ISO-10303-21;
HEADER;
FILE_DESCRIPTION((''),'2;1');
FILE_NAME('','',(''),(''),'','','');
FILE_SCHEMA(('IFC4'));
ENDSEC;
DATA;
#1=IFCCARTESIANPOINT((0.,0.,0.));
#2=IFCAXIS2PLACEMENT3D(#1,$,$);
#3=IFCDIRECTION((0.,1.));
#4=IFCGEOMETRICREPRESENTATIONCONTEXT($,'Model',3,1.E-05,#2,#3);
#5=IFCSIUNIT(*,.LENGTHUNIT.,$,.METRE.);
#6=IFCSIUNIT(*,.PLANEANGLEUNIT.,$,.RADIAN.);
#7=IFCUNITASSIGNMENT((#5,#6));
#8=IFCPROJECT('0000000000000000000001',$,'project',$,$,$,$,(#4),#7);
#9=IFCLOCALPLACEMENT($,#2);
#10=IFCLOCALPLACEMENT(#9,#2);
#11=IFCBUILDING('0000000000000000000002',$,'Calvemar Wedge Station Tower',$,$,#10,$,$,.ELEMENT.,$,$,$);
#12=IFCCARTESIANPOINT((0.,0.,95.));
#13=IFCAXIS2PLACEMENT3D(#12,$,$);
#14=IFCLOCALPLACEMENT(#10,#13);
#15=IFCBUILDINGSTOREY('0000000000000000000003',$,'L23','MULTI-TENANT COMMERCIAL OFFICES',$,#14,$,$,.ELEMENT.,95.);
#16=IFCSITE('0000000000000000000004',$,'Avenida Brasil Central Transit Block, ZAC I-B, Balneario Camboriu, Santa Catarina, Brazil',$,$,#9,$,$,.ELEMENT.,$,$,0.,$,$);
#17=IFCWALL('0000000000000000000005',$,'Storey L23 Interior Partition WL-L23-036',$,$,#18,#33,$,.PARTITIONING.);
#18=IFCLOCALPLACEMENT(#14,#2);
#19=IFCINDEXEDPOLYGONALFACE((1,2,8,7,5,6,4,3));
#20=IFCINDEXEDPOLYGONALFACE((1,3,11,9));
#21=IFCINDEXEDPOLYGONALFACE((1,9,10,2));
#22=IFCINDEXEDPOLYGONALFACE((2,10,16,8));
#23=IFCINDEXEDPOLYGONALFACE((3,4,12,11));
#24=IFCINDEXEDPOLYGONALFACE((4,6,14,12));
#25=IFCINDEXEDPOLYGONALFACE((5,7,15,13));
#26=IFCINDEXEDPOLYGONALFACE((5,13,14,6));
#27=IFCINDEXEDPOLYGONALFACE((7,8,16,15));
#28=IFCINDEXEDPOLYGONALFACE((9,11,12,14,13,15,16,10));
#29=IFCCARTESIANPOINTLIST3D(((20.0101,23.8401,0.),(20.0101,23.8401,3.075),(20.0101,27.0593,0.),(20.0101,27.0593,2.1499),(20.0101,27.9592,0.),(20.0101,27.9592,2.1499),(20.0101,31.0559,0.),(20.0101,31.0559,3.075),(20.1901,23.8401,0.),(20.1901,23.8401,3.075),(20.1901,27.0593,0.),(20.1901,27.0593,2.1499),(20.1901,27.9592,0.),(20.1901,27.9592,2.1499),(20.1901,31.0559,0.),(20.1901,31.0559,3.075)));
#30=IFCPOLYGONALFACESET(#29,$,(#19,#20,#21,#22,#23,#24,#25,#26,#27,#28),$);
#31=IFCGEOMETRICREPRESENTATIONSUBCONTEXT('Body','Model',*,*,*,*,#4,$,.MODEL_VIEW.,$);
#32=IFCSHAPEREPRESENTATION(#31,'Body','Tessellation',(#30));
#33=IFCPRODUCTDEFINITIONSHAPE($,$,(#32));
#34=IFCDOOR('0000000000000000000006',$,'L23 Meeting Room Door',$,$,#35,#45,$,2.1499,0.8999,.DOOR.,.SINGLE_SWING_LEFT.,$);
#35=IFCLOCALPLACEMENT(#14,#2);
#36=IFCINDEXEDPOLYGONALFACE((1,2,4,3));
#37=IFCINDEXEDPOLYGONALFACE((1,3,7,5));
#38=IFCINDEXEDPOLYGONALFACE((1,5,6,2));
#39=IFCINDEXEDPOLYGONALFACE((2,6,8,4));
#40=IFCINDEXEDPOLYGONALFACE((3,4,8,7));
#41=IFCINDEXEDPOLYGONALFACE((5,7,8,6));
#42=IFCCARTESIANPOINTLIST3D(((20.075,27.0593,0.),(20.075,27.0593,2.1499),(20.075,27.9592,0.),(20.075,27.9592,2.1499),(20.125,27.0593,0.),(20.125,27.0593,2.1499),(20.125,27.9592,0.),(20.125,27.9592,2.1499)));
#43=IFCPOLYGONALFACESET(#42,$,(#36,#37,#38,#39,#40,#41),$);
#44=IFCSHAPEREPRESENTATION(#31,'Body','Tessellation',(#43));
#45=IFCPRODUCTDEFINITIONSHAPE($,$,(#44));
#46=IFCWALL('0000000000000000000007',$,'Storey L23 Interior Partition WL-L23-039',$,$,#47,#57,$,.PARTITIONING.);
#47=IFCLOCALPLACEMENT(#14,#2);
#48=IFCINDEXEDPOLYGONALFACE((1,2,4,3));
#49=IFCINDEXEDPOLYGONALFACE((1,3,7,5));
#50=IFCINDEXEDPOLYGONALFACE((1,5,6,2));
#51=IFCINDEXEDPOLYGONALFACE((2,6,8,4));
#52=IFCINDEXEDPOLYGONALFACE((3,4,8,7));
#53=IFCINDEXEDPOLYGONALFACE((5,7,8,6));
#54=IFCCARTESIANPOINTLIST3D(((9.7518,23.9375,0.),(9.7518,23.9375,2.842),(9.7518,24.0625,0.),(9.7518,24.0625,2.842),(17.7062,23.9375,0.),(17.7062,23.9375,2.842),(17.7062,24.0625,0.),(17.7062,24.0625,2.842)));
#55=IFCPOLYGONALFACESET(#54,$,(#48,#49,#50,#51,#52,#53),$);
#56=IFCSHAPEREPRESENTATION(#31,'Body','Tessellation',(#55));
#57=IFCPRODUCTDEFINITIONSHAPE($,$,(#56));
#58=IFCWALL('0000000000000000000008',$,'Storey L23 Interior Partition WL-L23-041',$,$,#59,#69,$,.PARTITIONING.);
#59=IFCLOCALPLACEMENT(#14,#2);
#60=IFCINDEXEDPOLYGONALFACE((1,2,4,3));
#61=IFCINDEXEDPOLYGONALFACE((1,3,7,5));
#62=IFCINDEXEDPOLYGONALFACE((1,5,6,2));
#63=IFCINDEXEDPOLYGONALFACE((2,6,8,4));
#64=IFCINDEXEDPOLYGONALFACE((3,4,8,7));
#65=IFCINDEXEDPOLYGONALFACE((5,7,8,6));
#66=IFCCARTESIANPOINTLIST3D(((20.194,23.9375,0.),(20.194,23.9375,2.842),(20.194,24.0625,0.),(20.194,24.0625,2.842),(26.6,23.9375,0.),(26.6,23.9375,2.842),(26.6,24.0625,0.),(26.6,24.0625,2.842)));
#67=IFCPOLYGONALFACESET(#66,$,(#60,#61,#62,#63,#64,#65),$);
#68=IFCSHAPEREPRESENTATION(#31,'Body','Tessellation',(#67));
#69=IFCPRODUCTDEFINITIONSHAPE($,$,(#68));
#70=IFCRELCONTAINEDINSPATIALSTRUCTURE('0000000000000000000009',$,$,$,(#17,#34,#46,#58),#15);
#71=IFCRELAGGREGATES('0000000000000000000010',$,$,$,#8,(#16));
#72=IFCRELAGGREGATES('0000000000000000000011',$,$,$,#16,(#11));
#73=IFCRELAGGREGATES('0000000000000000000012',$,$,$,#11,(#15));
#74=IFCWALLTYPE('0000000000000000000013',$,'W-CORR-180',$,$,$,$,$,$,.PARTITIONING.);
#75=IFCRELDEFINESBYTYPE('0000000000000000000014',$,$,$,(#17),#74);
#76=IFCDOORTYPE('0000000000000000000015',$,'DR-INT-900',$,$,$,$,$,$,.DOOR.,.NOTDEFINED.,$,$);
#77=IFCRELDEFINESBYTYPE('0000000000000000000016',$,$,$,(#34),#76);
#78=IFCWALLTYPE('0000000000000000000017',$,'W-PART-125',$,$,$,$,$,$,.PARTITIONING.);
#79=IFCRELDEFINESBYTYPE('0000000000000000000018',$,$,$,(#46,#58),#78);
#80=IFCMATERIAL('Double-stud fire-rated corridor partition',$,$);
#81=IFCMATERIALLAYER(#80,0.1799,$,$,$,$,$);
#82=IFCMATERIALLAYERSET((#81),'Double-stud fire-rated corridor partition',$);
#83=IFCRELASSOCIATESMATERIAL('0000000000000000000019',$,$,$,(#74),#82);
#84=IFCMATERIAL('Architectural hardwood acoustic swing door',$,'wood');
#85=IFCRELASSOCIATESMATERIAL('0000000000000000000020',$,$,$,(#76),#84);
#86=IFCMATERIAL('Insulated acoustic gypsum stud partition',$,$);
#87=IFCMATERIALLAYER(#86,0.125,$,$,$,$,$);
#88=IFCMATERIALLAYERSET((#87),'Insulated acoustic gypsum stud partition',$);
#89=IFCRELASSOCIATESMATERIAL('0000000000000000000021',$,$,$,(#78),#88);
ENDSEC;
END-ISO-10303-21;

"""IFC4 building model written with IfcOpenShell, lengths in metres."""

from ifc_helpers import new_model, si_unit, direction, frame, frame_2d, origin, place, context, subcontext, project, spatial, rectangle, extrude, source, transform, mapped, material, layer, layer_set, type_object, element, fill, save


model = new_model("IFC4")

# Units and contexts
model_context = context("Model", 3, precision=1e-05, world=origin(), true_north=direction((0.0, 1.0)))
body_context = subcontext(model_context, "Body", "Model", "MODEL_VIEW")
ifc_project = project(units=[si_unit("LENGTHUNIT", "METRE"), si_unit("PLANEANGLEUNIT", "RADIAN")], contexts=[model_context])

# Site, building, storey
site_placement = place(None, origin())
site = spatial("IfcSite", under=ifc_project, at=site_placement, Name="Avenida Brasil Central Transit Block, ZAC I-B, Balneario Camboriu, Santa Catarina, Brazil", CompositionType="ELEMENT", RefElevation=0.0)
building_placement = place(site_placement, origin())
building = spatial("IfcBuilding", under=site, at=building_placement, Name="Calvemar Wedge Station Tower", CompositionType="ELEMENT")
storey_placement = place(building_placement, frame((0.0, 0.0, 95.0)))
storey = spatial("IfcBuildingStorey", under=building, at=storey_placement, Name="L23", Description="MULTI-TENANT COMMERCIAL OFFICES", CompositionType="ELEMENT", Elevation=95.0)

# Shared definitions
ifc_material_1 = material(Name="Double-stud fire-rated corridor partition")
ifc_layer_1 = layer(ifc_material_1, 0.1799)
ifc_layer_set_1 = layer_set([ifc_layer_1], Name="Double-stud fire-rated corridor partition")
wall_type_1 = type_object("IfcWallType", Name="W-CORR-180", PredefinedType="PARTITIONING", material=ifc_layer_set_1)

# Wall, opening, door
shared_shape_1 = source(origin(), body_context, "Body", "SweptSolid", [
    extrude(rectangle(XDim=0.8999, YDim=2.1499, at=frame_2d((0.45, 1.075))), frame((0.0, 0.1001, 0.0), z_axis=(0.0, -1.0, 0.0), x_axis=(1.0, 0.0, 0.0)), (0.0, 0.0, 1.0), 0.2),
])
ifc_material_2 = material(Name="Architectural hardwood acoustic swing door", Category="wood")
door_type_1 = type_object("IfcDoorType", Name="DR-INT-900", OperationType="NOTDEFINED", PredefinedType="DOOR", material=ifc_material_2)
shared_shape_2 = source(origin(), body_context, "Body", "SweptSolid", [
    extrude(rectangle(XDim=0.8999, YDim=2.1499, at=frame_2d((0.45, 1.075))), frame((0.0, 0.0249, 0.0), z_axis=(0.0, -1.0, 0.0), x_axis=(1.0, 0.0, 0.0)), (0.0, 0.0, 1.0), 0.05),
])
wall_1_placement = place(storey_placement, frame((20.1001, 31.0559, 0.0), z_axis=(0.0, 0.0, 1.0), x_axis=(0.0, -1.0, 0.0)))
wall_1 = element("IfcWall", 1, at=wall_1_placement, inside=storey, type_object=wall_type_1, Name="Storey L23 Interior Partition WL-L23-036", PredefinedType="PARTITIONING", context=body_context, shape_type="SweptSolid", body=[
    extrude(rectangle(XDim=7.2158, YDim=0.1799, at=frame_2d((3.6079, 0.0))), origin(), (0.0, 0.0, 1.0), 3.075),
])
opening_1_placement = place(wall_1_placement, frame((3.0967, 0.0, 0.0)))
opening_1 = element("IfcOpeningElement", 2, at=opening_1_placement, cuts=wall_1, PredefinedType="OPENING", context=body_context, shape_type="MappedRepresentation", body=[
    mapped(shared_shape_1, transform((0.0, 0.0, 0.0), scale=1.0)),
])
door_1_placement = place(opening_1_placement, origin())
door_1 = element("IfcDoor", 3, at=door_1_placement, inside=storey, type_object=door_type_1, Name="L23 Meeting Room Door", OperationType="SINGLE_SWING_LEFT", OverallHeight=2.1499, OverallWidth=0.8999, PredefinedType="DOOR", context=body_context, shape_type="MappedRepresentation", body=[
    mapped(shared_shape_2, transform((0.0, 0.0, 0.0), scale=1.0)),
])
fill(opening_1, door_1)

# Walls
ifc_material_3 = material(Name="Insulated acoustic gypsum stud partition")
ifc_layer_2 = layer(ifc_material_3, 0.125)
ifc_layer_set_2 = layer_set([ifc_layer_2], Name="Insulated acoustic gypsum stud partition")
wall_type_2 = type_object("IfcWallType", Name="W-PART-125", PredefinedType="PARTITIONING", material=ifc_layer_set_2)
wall_2_placement = place(storey_placement, frame((17.7061, 24.0, 0.0), z_axis=(0.0, 0.0, 1.0), x_axis=(-1.0, 0.0, 0.0)))
element("IfcWall", 4, at=wall_2_placement, inside=storey, type_object=wall_type_2, Name="Storey L23 Interior Partition WL-L23-039", PredefinedType="PARTITIONING", context=body_context, shape_type="SweptSolid", body=[
    extrude(rectangle(XDim=7.9543, YDim=0.125, at=frame_2d((3.9771, 0.0))), origin(), (0.0, 0.0, 1.0), 2.842),
])
wall_3_placement = place(storey_placement, frame((26.6001, 24.0, 0.0), z_axis=(0.0, 0.0, 1.0), x_axis=(-1.0, 0.0, 0.0)))
element("IfcWall", 5, at=wall_3_placement, inside=storey, type_object=wall_type_2, Name="Storey L23 Interior Partition WL-L23-041", PredefinedType="PARTITIONING", context=body_context, shape_type="SweptSolid", body=[
    extrude(rectangle(XDim=6.406, YDim=0.125, at=frame_2d((3.2031, 0.0))), origin(), (0.0, 0.0, 1.0), 2.842),
])

save(model, "model.ifc")
